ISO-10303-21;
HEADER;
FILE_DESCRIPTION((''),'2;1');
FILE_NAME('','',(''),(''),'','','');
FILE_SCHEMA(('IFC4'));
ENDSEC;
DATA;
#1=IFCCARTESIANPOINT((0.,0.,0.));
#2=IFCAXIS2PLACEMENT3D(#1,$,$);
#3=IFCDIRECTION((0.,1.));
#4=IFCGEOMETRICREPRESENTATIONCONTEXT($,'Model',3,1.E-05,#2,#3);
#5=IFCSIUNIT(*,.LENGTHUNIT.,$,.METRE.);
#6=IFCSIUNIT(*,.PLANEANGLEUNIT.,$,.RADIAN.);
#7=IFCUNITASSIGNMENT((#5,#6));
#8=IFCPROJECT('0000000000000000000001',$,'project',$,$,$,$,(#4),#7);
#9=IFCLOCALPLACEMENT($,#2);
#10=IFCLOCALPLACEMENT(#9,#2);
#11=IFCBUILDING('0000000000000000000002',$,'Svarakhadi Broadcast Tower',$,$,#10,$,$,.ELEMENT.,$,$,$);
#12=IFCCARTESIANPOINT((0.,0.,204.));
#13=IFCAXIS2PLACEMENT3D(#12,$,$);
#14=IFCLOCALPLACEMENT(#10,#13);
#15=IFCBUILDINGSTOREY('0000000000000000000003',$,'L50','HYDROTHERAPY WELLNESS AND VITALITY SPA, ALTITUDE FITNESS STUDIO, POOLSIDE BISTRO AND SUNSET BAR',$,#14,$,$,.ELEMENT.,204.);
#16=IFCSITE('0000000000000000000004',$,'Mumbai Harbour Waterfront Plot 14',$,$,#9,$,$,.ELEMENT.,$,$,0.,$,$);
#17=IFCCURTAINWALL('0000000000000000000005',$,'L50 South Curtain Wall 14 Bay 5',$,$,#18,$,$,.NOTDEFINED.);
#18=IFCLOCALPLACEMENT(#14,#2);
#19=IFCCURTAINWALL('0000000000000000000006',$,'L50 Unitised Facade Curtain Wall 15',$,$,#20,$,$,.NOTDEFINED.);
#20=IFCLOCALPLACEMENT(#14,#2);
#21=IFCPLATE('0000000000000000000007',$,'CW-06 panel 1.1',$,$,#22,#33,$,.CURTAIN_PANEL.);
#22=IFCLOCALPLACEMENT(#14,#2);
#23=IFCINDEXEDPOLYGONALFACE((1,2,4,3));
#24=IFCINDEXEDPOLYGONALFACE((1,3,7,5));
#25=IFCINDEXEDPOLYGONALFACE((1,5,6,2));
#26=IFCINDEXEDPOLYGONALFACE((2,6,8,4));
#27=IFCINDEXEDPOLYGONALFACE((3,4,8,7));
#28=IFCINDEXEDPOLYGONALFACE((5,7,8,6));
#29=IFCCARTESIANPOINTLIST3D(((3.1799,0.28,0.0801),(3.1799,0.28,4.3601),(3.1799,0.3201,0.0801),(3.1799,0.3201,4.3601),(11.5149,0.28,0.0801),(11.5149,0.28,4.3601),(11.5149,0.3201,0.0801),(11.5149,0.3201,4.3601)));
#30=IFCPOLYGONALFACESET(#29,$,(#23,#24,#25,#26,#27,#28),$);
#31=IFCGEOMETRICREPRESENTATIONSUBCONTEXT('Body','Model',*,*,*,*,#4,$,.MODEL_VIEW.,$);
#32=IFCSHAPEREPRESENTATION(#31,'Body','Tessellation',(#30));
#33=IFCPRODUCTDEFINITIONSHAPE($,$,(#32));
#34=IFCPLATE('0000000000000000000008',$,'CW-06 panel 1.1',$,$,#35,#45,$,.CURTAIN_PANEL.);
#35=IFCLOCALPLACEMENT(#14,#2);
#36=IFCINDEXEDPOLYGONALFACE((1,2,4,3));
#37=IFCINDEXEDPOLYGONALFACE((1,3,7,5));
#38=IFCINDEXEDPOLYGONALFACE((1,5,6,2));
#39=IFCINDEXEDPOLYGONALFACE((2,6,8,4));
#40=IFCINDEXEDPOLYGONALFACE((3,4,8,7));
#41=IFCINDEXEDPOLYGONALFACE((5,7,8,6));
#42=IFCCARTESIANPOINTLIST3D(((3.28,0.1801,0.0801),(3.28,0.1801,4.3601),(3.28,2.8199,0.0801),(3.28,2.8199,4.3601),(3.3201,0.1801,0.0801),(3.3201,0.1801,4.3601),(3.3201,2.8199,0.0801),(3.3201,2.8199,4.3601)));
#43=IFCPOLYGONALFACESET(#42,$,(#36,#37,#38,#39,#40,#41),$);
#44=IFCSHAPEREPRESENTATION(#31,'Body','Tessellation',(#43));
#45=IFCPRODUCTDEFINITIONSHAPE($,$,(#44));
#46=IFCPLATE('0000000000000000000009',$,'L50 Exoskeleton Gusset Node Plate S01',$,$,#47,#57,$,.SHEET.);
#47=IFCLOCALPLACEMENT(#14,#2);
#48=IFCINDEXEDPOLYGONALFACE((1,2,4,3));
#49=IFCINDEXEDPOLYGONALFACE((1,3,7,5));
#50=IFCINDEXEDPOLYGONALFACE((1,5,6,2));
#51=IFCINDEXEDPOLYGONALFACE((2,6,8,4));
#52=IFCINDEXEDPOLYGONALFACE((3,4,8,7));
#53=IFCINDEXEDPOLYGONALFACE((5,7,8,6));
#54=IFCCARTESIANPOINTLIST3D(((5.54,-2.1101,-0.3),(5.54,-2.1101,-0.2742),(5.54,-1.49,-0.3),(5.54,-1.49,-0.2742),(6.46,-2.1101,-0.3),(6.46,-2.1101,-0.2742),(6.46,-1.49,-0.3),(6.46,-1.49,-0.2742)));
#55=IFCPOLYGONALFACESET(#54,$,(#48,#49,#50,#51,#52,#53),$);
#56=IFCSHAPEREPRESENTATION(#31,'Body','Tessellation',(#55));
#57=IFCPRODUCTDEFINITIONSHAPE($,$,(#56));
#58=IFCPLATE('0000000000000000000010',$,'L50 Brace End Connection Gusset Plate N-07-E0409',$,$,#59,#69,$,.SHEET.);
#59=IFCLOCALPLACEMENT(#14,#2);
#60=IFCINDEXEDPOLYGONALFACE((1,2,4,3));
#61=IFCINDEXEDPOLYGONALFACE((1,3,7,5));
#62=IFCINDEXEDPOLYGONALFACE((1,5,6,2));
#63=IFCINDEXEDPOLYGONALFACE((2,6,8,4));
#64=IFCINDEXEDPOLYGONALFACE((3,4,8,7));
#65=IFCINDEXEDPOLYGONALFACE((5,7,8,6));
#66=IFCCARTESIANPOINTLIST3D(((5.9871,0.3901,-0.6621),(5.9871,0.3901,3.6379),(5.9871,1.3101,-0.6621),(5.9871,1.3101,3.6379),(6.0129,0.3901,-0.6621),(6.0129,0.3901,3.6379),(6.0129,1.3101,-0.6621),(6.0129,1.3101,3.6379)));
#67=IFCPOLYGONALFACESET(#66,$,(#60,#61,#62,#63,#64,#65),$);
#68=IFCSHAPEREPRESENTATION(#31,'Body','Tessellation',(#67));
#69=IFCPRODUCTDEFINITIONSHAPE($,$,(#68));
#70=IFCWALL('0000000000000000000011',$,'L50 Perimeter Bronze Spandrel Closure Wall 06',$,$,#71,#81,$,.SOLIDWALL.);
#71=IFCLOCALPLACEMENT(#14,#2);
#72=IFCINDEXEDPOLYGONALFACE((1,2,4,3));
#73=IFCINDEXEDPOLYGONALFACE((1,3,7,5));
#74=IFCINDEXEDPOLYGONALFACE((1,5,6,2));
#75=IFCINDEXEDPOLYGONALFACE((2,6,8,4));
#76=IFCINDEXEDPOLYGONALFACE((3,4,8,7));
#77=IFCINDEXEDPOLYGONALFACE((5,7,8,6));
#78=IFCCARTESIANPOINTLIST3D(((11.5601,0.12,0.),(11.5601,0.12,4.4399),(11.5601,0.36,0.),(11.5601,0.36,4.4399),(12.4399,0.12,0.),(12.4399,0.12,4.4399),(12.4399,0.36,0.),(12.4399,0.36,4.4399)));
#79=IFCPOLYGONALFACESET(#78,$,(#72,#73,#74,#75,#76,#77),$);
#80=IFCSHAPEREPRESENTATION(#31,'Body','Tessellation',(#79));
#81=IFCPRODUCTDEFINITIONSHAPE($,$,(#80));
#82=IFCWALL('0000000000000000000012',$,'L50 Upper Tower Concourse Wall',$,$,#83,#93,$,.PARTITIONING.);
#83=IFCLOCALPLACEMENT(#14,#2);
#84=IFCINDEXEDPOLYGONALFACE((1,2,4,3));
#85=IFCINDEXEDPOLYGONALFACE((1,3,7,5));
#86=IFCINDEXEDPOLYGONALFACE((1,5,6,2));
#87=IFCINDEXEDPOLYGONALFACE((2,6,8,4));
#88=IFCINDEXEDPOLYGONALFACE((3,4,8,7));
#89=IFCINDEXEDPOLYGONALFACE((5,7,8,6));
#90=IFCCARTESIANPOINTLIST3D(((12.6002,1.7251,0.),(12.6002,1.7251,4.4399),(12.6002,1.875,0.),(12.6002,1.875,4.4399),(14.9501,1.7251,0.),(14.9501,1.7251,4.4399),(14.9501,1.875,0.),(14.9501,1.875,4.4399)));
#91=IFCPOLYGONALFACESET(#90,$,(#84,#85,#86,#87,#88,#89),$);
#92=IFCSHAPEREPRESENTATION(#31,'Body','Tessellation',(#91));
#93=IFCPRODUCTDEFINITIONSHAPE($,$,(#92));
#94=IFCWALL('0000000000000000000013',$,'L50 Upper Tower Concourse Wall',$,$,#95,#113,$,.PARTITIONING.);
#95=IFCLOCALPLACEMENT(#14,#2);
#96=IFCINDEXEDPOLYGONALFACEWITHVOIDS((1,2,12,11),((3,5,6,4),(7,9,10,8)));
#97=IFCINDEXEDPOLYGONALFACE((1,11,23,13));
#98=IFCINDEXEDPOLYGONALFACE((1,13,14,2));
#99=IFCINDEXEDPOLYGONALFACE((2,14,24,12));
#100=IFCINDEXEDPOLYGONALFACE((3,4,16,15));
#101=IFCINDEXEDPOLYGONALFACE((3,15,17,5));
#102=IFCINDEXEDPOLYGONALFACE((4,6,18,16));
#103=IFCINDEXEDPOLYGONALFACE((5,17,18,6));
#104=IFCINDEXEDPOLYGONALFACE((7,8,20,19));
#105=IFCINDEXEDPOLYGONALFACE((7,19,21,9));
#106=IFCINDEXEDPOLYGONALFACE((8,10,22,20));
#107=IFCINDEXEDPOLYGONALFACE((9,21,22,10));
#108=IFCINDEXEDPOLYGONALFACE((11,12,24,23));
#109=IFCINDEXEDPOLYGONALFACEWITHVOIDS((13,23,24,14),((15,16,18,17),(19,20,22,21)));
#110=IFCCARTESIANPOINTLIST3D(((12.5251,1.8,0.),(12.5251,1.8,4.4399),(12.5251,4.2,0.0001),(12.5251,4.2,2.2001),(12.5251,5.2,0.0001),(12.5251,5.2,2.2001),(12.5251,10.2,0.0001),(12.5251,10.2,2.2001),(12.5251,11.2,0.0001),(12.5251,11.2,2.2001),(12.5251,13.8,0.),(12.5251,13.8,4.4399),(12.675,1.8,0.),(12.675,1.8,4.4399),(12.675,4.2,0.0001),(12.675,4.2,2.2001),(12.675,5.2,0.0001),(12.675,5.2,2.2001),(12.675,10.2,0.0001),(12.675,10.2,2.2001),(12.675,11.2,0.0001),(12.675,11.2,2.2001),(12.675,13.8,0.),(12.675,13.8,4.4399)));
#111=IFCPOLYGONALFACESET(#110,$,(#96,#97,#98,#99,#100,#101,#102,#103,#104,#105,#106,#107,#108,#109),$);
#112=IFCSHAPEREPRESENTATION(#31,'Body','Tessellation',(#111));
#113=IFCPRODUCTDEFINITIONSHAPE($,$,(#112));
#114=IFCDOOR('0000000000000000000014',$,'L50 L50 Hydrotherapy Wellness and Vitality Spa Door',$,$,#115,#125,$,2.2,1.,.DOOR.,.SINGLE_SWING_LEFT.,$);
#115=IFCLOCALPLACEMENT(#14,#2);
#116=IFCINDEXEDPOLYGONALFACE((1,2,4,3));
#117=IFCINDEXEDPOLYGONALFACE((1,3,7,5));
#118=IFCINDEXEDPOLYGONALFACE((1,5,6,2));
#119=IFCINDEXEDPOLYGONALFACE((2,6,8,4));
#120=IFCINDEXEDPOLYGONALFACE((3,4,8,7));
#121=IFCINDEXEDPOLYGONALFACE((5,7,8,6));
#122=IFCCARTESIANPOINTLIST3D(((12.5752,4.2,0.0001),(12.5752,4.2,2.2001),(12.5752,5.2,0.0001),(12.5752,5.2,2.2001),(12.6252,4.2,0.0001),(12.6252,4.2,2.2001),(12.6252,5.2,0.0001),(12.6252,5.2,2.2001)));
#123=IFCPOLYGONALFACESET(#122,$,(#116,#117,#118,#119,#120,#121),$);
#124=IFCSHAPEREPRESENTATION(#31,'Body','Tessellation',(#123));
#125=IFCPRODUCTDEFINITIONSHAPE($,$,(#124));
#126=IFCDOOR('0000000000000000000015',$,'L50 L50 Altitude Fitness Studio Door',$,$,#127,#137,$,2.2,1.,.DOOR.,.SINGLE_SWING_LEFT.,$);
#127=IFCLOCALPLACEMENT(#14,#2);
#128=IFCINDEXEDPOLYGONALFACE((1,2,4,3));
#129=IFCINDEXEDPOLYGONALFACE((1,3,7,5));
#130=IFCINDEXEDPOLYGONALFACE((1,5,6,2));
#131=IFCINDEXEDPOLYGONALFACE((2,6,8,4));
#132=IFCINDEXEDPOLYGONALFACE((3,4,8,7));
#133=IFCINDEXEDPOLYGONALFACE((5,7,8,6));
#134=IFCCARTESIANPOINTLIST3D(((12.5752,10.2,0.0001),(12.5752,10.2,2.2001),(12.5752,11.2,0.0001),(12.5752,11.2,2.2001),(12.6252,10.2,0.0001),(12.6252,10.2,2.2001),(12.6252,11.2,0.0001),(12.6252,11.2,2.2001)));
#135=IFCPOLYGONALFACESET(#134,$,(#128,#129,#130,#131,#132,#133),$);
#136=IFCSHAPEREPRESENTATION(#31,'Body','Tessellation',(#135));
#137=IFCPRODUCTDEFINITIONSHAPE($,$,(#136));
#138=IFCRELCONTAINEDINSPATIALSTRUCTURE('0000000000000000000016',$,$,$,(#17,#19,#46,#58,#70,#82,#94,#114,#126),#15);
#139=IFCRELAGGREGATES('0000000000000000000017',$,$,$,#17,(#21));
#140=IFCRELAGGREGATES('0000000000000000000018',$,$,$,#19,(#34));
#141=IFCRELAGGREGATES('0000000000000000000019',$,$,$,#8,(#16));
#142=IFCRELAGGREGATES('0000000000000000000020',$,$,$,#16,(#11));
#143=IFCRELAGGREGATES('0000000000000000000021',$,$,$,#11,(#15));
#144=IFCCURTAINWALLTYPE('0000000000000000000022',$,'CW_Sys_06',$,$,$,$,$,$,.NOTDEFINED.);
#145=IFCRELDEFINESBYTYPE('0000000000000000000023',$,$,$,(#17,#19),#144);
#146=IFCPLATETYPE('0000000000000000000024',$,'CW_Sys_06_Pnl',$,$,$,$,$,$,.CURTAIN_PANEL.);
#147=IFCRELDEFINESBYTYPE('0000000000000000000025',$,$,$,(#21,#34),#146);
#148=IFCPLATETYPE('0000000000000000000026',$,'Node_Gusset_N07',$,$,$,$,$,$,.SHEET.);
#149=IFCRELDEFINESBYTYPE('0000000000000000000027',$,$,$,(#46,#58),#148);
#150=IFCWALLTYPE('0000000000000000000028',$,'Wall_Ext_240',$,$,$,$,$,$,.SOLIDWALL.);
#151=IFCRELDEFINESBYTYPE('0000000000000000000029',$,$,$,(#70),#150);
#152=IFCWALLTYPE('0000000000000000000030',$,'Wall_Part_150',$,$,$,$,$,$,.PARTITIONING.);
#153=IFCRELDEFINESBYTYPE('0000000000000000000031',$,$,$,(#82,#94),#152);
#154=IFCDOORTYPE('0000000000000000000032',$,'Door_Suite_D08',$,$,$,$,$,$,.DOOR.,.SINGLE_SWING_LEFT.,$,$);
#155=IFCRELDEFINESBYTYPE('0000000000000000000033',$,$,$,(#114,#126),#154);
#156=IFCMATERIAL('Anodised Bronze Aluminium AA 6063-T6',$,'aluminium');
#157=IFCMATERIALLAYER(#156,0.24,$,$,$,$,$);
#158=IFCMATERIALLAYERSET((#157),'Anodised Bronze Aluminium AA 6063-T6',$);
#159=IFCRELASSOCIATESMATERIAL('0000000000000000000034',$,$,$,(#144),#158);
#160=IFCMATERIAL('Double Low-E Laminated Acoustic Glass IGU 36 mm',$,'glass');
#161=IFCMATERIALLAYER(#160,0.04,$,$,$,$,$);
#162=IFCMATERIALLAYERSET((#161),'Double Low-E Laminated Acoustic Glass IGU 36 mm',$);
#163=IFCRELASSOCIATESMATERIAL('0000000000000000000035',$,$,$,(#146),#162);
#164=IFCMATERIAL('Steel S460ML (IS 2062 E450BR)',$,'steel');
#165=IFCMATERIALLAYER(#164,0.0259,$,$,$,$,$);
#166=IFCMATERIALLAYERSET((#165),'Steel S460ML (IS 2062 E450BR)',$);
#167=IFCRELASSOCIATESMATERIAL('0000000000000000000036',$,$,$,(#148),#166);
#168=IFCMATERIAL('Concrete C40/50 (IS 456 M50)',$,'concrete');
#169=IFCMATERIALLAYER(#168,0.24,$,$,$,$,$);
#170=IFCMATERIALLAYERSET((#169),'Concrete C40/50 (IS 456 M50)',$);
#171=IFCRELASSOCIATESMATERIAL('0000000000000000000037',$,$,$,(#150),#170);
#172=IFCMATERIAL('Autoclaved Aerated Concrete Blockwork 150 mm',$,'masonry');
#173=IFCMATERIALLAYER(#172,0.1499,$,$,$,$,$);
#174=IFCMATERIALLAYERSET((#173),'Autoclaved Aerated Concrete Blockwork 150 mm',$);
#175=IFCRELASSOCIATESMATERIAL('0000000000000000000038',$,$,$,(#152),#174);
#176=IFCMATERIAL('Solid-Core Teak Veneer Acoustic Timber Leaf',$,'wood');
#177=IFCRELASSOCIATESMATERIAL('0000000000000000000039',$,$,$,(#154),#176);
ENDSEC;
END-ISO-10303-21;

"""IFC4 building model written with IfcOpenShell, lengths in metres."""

from ifc_helpers import new_model, si_unit, direction, frame, frame_2d, origin, origin_2d, place, context, subcontext, project, spatial, rectangle, extrude, material, layer, layer_set, type_object, element, fill, aggregate, save


model = new_model("IFC4")

# Units and contexts
model_context = context("Model", 3, precision=1e-05, world=origin(), true_north=direction((0.0, 1.0)))
body_context = subcontext(model_context, "Body", "Model", "MODEL_VIEW")
ifc_project = project(units=[si_unit("LENGTHUNIT", "METRE"), si_unit("PLANEANGLEUNIT", "RADIAN")], contexts=[model_context])

# Site, building, storey
site_placement = place(None, origin())
site = spatial("IfcSite", under=ifc_project, at=site_placement, Name="Mumbai Harbour Waterfront Plot 14", CompositionType="ELEMENT", RefElevation=0.0)
building_placement = place(site_placement, origin())
building = spatial("IfcBuilding", under=site, at=building_placement, Name="Svarakhadi Broadcast Tower", CompositionType="ELEMENT")
storey_placement = place(building_placement, frame((0.0, 0.0, 204.0)))
storey = spatial("IfcBuildingStorey", under=building, at=storey_placement, Name="L50", Description="HYDROTHERAPY WELLNESS AND VITALITY SPA, ALTITUDE FITNESS STUDIO, POOLSIDE BISTRO AND SUNSET BAR", CompositionType="ELEMENT", Elevation=204.0)

# Shared definitions
ifc_material_1 = material(Name="Steel S460ML (IS 2062 E450BR)", Category="steel")

# Shared definitions
ifc_material_2 = material(Name="Anodised Bronze Aluminium AA 6063-T6", Category="aluminium")
ifc_layer_1 = layer(ifc_material_2, 0.24)
ifc_layer_set_1 = layer_set([ifc_layer_1], Name="Anodised Bronze Aluminium AA 6063-T6")
curtain_wall_type = type_object("IfcCurtainWallType", Name="CW_Sys_06", PredefinedType="NOTDEFINED", material=ifc_layer_set_1)

# Curtain walls
curtain_wall_1_placement = place(storey_placement, origin())
curtain_wall_1 = element("IfcCurtainWall", 1, at=curtain_wall_1_placement, inside=storey, type_object=curtain_wall_type, Name="L50 South Curtain Wall 14 Bay 5", PredefinedType="NOTDEFINED")
curtain_wall_2_placement = place(storey_placement, origin())
curtain_wall_2 = element("IfcCurtainWall", 2, at=curtain_wall_2_placement, inside=storey, type_object=curtain_wall_type, Name="L50 Unitised Facade Curtain Wall 15", PredefinedType="NOTDEFINED")

# Plates
ifc_material_3 = material(Name="Double Low-E Laminated Acoustic Glass IGU 36 mm", Category="glass")
ifc_layer_2 = layer(ifc_material_3, 0.04)
ifc_layer_set_2 = layer_set([ifc_layer_2], Name="Double Low-E Laminated Acoustic Glass IGU 36 mm")
plate_type_1 = type_object("IfcPlateType", Name="CW_Sys_06_Pnl", PredefinedType="CURTAIN_PANEL", material=ifc_layer_set_2)
plate_1_placement = place(storey_placement, frame((7.3474, 0.3, 0.0801), z_axis=(0.0, 0.0, 1.0), x_axis=(-1.0, 0.0, 0.0)))
plate_1 = element("IfcPlate", 3, at=plate_1_placement, type_object=plate_type_1, Name="CW-06 panel 1.1", PredefinedType="CURTAIN_PANEL", context=body_context, shape_type="SweptSolid", body=[
    extrude(rectangle(XDim=8.335, YDim=0.04, at=origin_2d()), origin(), (0.0, 0.0, 1.0), 4.28),
])
aggregate(curtain_wall_1, [plate_1])
plate_2_placement = place(storey_placement, frame((3.3, 1.5, 0.0801), z_axis=(0.0, 0.0, 1.0), x_axis=(0.0, 1.0, 0.0)))
plate_2 = element("IfcPlate", 4, at=plate_2_placement, type_object=plate_type_1, Name="CW-06 panel 1.1", PredefinedType="CURTAIN_PANEL", context=body_context, shape_type="SweptSolid", body=[
    extrude(rectangle(XDim=2.6399, YDim=0.04, at=origin_2d()), origin(), (0.0, 0.0, 1.0), 4.28),
])
aggregate(curtain_wall_2, [plate_2])

# Plates
ifc_layer_3 = layer(ifc_material_1, 0.0259)
ifc_layer_set_3 = layer_set([ifc_layer_3], Name="Steel S460ML (IS 2062 E450BR)")
plate_type_2 = type_object("IfcPlateType", Name="Node_Gusset_N07", PredefinedType="SHEET", material=ifc_layer_set_3)
plate_3_placement = place(storey_placement, frame((6.0, -1.8, -0.3), z_axis=(0.0, 0.0, 1.0), x_axis=(1.0, 0.0, 0.0)))
element("IfcPlate", 5, at=plate_3_placement, inside=storey, type_object=plate_type_2, Name="L50 Exoskeleton Gusset Node Plate S01", PredefinedType="SHEET", context=body_context, shape_type="SweptSolid", body=[
    extrude(rectangle(XDim=0.9199, YDim=0.6201, at=origin_2d()), origin(), (0.0, 0.0, 1.0), 0.0259),
])
plate_4_placement = place(storey_placement, frame((6.0, 0.8501, -0.6621), z_axis=(0.0, 0.0, 1.0), x_axis=(0.0, 1.0, 0.0)))
element("IfcPlate", 6, at=plate_4_placement, inside=storey, type_object=plate_type_2, Name="L50 Brace End Connection Gusset Plate N-07-E0409", PredefinedType="SHEET", context=body_context, shape_type="SweptSolid", body=[
    extrude(rectangle(XDim=0.9199, YDim=0.0259, at=origin_2d()), origin(), (0.0, 0.0, 1.0), 4.3),
])

# Walls
ifc_material_4 = material(Name="Concrete C40/50 (IS 456 M50)", Category="concrete")
ifc_layer_4 = layer(ifc_material_4, 0.24)
ifc_layer_set_4 = layer_set([ifc_layer_4], Name="Concrete C40/50 (IS 456 M50)")
wall_type_1 = type_object("IfcWallType", Name="Wall_Ext_240", PredefinedType="SOLIDWALL", material=ifc_layer_set_4)
wall_1_placement = place(storey_placement, frame((12.4399, 0.24, 0.0), z_axis=(0.0, 0.0, 1.0), x_axis=(-1.0, 0.0, 0.0)))
element("IfcWall", 7, at=wall_1_placement, inside=storey, type_object=wall_type_1, Name="L50 Perimeter Bronze Spandrel Closure Wall 06", PredefinedType="SOLIDWALL", context=body_context, shape_type="SweptSolid", body=[
    extrude(rectangle(XDim=0.8799, YDim=0.24, at=frame_2d((0.4399, 0.0))), origin(), (0.0, 0.0, 1.0), 4.4399),
])
ifc_material_5 = material(Name="Autoclaved Aerated Concrete Blockwork 150 mm", Category="masonry")
ifc_layer_5 = layer(ifc_material_5, 0.1499)
ifc_layer_set_5 = layer_set([ifc_layer_5], Name="Autoclaved Aerated Concrete Blockwork 150 mm")
wall_type_2 = type_object("IfcWallType", Name="Wall_Part_150", PredefinedType="PARTITIONING", material=ifc_layer_set_5)
wall_2_placement = place(storey_placement, frame((14.95, 1.8, 0.0), z_axis=(0.0, 0.0, 1.0), x_axis=(-1.0, 0.0, 0.0)))
element("IfcWall", 8, at=wall_2_placement, inside=storey, type_object=wall_type_2, Name="L50 Upper Tower Concourse Wall", PredefinedType="PARTITIONING", context=body_context, shape_type="SweptSolid", body=[
    extrude(rectangle(XDim=2.3499, YDim=0.1499, at=frame_2d((1.1748, 0.0))), origin(), (0.0, 0.0, 1.0), 4.4399),
])

# Wall, openings, doors
wall_3_placement = place(storey_placement, frame((12.6001, 1.8, 0.0), z_axis=(0.0, 0.0, 1.0), x_axis=(0.0, 1.0, 0.0)))
wall_3 = element("IfcWall", 9, at=wall_3_placement, inside=storey, type_object=wall_type_2, Name="L50 Upper Tower Concourse Wall", PredefinedType="PARTITIONING", context=body_context, shape_type="SweptSolid", body=[
    extrude(rectangle(XDim=12.0, YDim=0.1499, at=frame_2d((6.0, 0.0))), origin(), (0.0, 0.0, 1.0), 4.4399),
])
opening_1_placement = place(wall_3_placement, frame((2.3999, 0.0, 0.0)))
opening_1 = element("IfcOpeningElement", 10, at=opening_1_placement, cuts=wall_3, PredefinedType="OPENING", context=body_context, shape_type="SweptSolid", body=[
    extrude(rectangle(XDim=1.0, YDim=2.2, at=frame_2d((0.5, 1.1001))), frame((0.0, 0.085, 0.0), z_axis=(0.0, -1.0, 0.0), x_axis=(1.0, 0.0, 0.0)), (0.0, 0.0, 1.0), 0.1699),
])
opening_2_placement = place(wall_3_placement, frame((8.3999, 0.0, 0.0)))
opening_2 = element("IfcOpeningElement", 11, at=opening_2_placement, cuts=wall_3, PredefinedType="OPENING", context=body_context, shape_type="SweptSolid", body=[
    extrude(rectangle(XDim=1.0, YDim=2.2, at=frame_2d((0.5, 1.1001))), frame((0.0, 0.085, 0.0), z_axis=(0.0, -1.0, 0.0), x_axis=(1.0, 0.0, 0.0)), (0.0, 0.0, 1.0), 0.1699),
])
ifc_material_6 = material(Name="Solid-Core Teak Veneer Acoustic Timber Leaf", Category="wood")
door_type = type_object("IfcDoorType", Name="Door_Suite_D08", OperationType="SINGLE_SWING_LEFT", PredefinedType="DOOR", material=ifc_material_6)
door_1_placement = place(opening_1_placement, origin())
door_1 = element("IfcDoor", 12, at=door_1_placement, inside=storey, type_object=door_type, Name="L50 L50 Hydrotherapy Wellness and Vitality Spa Door", OperationType="SINGLE_SWING_LEFT", OverallHeight=2.2, OverallWidth=1.0, PredefinedType="DOOR", context=body_context, shape_type="SweptSolid", body=[
    extrude(rectangle(XDim=1.0, YDim=2.2, at=frame_2d((0.5, 1.1001))), frame((0.0, 0.0249, 0.0), z_axis=(0.0, -1.0, 0.0), x_axis=(1.0, 0.0, 0.0)), (0.0, 0.0, 1.0), 0.05),
])
fill(opening_1, door_1)
door_2_placement = place(opening_2_placement, origin())
door_2 = element("IfcDoor", 13, at=door_2_placement, inside=storey, type_object=door_type, Name="L50 L50 Altitude Fitness Studio Door", OperationType="SINGLE_SWING_LEFT", OverallHeight=2.2, OverallWidth=1.0, PredefinedType="DOOR", context=body_context, shape_type="SweptSolid", body=[
    extrude(rectangle(XDim=1.0, YDim=2.2, at=frame_2d((0.5, 1.1001))), frame((0.0, 0.0249, 0.0), z_axis=(0.0, -1.0, 0.0), x_axis=(1.0, 0.0, 0.0)), (0.0, 0.0, 1.0), 0.05),
])
fill(opening_2, door_2)

save(model, "model.ifc")
